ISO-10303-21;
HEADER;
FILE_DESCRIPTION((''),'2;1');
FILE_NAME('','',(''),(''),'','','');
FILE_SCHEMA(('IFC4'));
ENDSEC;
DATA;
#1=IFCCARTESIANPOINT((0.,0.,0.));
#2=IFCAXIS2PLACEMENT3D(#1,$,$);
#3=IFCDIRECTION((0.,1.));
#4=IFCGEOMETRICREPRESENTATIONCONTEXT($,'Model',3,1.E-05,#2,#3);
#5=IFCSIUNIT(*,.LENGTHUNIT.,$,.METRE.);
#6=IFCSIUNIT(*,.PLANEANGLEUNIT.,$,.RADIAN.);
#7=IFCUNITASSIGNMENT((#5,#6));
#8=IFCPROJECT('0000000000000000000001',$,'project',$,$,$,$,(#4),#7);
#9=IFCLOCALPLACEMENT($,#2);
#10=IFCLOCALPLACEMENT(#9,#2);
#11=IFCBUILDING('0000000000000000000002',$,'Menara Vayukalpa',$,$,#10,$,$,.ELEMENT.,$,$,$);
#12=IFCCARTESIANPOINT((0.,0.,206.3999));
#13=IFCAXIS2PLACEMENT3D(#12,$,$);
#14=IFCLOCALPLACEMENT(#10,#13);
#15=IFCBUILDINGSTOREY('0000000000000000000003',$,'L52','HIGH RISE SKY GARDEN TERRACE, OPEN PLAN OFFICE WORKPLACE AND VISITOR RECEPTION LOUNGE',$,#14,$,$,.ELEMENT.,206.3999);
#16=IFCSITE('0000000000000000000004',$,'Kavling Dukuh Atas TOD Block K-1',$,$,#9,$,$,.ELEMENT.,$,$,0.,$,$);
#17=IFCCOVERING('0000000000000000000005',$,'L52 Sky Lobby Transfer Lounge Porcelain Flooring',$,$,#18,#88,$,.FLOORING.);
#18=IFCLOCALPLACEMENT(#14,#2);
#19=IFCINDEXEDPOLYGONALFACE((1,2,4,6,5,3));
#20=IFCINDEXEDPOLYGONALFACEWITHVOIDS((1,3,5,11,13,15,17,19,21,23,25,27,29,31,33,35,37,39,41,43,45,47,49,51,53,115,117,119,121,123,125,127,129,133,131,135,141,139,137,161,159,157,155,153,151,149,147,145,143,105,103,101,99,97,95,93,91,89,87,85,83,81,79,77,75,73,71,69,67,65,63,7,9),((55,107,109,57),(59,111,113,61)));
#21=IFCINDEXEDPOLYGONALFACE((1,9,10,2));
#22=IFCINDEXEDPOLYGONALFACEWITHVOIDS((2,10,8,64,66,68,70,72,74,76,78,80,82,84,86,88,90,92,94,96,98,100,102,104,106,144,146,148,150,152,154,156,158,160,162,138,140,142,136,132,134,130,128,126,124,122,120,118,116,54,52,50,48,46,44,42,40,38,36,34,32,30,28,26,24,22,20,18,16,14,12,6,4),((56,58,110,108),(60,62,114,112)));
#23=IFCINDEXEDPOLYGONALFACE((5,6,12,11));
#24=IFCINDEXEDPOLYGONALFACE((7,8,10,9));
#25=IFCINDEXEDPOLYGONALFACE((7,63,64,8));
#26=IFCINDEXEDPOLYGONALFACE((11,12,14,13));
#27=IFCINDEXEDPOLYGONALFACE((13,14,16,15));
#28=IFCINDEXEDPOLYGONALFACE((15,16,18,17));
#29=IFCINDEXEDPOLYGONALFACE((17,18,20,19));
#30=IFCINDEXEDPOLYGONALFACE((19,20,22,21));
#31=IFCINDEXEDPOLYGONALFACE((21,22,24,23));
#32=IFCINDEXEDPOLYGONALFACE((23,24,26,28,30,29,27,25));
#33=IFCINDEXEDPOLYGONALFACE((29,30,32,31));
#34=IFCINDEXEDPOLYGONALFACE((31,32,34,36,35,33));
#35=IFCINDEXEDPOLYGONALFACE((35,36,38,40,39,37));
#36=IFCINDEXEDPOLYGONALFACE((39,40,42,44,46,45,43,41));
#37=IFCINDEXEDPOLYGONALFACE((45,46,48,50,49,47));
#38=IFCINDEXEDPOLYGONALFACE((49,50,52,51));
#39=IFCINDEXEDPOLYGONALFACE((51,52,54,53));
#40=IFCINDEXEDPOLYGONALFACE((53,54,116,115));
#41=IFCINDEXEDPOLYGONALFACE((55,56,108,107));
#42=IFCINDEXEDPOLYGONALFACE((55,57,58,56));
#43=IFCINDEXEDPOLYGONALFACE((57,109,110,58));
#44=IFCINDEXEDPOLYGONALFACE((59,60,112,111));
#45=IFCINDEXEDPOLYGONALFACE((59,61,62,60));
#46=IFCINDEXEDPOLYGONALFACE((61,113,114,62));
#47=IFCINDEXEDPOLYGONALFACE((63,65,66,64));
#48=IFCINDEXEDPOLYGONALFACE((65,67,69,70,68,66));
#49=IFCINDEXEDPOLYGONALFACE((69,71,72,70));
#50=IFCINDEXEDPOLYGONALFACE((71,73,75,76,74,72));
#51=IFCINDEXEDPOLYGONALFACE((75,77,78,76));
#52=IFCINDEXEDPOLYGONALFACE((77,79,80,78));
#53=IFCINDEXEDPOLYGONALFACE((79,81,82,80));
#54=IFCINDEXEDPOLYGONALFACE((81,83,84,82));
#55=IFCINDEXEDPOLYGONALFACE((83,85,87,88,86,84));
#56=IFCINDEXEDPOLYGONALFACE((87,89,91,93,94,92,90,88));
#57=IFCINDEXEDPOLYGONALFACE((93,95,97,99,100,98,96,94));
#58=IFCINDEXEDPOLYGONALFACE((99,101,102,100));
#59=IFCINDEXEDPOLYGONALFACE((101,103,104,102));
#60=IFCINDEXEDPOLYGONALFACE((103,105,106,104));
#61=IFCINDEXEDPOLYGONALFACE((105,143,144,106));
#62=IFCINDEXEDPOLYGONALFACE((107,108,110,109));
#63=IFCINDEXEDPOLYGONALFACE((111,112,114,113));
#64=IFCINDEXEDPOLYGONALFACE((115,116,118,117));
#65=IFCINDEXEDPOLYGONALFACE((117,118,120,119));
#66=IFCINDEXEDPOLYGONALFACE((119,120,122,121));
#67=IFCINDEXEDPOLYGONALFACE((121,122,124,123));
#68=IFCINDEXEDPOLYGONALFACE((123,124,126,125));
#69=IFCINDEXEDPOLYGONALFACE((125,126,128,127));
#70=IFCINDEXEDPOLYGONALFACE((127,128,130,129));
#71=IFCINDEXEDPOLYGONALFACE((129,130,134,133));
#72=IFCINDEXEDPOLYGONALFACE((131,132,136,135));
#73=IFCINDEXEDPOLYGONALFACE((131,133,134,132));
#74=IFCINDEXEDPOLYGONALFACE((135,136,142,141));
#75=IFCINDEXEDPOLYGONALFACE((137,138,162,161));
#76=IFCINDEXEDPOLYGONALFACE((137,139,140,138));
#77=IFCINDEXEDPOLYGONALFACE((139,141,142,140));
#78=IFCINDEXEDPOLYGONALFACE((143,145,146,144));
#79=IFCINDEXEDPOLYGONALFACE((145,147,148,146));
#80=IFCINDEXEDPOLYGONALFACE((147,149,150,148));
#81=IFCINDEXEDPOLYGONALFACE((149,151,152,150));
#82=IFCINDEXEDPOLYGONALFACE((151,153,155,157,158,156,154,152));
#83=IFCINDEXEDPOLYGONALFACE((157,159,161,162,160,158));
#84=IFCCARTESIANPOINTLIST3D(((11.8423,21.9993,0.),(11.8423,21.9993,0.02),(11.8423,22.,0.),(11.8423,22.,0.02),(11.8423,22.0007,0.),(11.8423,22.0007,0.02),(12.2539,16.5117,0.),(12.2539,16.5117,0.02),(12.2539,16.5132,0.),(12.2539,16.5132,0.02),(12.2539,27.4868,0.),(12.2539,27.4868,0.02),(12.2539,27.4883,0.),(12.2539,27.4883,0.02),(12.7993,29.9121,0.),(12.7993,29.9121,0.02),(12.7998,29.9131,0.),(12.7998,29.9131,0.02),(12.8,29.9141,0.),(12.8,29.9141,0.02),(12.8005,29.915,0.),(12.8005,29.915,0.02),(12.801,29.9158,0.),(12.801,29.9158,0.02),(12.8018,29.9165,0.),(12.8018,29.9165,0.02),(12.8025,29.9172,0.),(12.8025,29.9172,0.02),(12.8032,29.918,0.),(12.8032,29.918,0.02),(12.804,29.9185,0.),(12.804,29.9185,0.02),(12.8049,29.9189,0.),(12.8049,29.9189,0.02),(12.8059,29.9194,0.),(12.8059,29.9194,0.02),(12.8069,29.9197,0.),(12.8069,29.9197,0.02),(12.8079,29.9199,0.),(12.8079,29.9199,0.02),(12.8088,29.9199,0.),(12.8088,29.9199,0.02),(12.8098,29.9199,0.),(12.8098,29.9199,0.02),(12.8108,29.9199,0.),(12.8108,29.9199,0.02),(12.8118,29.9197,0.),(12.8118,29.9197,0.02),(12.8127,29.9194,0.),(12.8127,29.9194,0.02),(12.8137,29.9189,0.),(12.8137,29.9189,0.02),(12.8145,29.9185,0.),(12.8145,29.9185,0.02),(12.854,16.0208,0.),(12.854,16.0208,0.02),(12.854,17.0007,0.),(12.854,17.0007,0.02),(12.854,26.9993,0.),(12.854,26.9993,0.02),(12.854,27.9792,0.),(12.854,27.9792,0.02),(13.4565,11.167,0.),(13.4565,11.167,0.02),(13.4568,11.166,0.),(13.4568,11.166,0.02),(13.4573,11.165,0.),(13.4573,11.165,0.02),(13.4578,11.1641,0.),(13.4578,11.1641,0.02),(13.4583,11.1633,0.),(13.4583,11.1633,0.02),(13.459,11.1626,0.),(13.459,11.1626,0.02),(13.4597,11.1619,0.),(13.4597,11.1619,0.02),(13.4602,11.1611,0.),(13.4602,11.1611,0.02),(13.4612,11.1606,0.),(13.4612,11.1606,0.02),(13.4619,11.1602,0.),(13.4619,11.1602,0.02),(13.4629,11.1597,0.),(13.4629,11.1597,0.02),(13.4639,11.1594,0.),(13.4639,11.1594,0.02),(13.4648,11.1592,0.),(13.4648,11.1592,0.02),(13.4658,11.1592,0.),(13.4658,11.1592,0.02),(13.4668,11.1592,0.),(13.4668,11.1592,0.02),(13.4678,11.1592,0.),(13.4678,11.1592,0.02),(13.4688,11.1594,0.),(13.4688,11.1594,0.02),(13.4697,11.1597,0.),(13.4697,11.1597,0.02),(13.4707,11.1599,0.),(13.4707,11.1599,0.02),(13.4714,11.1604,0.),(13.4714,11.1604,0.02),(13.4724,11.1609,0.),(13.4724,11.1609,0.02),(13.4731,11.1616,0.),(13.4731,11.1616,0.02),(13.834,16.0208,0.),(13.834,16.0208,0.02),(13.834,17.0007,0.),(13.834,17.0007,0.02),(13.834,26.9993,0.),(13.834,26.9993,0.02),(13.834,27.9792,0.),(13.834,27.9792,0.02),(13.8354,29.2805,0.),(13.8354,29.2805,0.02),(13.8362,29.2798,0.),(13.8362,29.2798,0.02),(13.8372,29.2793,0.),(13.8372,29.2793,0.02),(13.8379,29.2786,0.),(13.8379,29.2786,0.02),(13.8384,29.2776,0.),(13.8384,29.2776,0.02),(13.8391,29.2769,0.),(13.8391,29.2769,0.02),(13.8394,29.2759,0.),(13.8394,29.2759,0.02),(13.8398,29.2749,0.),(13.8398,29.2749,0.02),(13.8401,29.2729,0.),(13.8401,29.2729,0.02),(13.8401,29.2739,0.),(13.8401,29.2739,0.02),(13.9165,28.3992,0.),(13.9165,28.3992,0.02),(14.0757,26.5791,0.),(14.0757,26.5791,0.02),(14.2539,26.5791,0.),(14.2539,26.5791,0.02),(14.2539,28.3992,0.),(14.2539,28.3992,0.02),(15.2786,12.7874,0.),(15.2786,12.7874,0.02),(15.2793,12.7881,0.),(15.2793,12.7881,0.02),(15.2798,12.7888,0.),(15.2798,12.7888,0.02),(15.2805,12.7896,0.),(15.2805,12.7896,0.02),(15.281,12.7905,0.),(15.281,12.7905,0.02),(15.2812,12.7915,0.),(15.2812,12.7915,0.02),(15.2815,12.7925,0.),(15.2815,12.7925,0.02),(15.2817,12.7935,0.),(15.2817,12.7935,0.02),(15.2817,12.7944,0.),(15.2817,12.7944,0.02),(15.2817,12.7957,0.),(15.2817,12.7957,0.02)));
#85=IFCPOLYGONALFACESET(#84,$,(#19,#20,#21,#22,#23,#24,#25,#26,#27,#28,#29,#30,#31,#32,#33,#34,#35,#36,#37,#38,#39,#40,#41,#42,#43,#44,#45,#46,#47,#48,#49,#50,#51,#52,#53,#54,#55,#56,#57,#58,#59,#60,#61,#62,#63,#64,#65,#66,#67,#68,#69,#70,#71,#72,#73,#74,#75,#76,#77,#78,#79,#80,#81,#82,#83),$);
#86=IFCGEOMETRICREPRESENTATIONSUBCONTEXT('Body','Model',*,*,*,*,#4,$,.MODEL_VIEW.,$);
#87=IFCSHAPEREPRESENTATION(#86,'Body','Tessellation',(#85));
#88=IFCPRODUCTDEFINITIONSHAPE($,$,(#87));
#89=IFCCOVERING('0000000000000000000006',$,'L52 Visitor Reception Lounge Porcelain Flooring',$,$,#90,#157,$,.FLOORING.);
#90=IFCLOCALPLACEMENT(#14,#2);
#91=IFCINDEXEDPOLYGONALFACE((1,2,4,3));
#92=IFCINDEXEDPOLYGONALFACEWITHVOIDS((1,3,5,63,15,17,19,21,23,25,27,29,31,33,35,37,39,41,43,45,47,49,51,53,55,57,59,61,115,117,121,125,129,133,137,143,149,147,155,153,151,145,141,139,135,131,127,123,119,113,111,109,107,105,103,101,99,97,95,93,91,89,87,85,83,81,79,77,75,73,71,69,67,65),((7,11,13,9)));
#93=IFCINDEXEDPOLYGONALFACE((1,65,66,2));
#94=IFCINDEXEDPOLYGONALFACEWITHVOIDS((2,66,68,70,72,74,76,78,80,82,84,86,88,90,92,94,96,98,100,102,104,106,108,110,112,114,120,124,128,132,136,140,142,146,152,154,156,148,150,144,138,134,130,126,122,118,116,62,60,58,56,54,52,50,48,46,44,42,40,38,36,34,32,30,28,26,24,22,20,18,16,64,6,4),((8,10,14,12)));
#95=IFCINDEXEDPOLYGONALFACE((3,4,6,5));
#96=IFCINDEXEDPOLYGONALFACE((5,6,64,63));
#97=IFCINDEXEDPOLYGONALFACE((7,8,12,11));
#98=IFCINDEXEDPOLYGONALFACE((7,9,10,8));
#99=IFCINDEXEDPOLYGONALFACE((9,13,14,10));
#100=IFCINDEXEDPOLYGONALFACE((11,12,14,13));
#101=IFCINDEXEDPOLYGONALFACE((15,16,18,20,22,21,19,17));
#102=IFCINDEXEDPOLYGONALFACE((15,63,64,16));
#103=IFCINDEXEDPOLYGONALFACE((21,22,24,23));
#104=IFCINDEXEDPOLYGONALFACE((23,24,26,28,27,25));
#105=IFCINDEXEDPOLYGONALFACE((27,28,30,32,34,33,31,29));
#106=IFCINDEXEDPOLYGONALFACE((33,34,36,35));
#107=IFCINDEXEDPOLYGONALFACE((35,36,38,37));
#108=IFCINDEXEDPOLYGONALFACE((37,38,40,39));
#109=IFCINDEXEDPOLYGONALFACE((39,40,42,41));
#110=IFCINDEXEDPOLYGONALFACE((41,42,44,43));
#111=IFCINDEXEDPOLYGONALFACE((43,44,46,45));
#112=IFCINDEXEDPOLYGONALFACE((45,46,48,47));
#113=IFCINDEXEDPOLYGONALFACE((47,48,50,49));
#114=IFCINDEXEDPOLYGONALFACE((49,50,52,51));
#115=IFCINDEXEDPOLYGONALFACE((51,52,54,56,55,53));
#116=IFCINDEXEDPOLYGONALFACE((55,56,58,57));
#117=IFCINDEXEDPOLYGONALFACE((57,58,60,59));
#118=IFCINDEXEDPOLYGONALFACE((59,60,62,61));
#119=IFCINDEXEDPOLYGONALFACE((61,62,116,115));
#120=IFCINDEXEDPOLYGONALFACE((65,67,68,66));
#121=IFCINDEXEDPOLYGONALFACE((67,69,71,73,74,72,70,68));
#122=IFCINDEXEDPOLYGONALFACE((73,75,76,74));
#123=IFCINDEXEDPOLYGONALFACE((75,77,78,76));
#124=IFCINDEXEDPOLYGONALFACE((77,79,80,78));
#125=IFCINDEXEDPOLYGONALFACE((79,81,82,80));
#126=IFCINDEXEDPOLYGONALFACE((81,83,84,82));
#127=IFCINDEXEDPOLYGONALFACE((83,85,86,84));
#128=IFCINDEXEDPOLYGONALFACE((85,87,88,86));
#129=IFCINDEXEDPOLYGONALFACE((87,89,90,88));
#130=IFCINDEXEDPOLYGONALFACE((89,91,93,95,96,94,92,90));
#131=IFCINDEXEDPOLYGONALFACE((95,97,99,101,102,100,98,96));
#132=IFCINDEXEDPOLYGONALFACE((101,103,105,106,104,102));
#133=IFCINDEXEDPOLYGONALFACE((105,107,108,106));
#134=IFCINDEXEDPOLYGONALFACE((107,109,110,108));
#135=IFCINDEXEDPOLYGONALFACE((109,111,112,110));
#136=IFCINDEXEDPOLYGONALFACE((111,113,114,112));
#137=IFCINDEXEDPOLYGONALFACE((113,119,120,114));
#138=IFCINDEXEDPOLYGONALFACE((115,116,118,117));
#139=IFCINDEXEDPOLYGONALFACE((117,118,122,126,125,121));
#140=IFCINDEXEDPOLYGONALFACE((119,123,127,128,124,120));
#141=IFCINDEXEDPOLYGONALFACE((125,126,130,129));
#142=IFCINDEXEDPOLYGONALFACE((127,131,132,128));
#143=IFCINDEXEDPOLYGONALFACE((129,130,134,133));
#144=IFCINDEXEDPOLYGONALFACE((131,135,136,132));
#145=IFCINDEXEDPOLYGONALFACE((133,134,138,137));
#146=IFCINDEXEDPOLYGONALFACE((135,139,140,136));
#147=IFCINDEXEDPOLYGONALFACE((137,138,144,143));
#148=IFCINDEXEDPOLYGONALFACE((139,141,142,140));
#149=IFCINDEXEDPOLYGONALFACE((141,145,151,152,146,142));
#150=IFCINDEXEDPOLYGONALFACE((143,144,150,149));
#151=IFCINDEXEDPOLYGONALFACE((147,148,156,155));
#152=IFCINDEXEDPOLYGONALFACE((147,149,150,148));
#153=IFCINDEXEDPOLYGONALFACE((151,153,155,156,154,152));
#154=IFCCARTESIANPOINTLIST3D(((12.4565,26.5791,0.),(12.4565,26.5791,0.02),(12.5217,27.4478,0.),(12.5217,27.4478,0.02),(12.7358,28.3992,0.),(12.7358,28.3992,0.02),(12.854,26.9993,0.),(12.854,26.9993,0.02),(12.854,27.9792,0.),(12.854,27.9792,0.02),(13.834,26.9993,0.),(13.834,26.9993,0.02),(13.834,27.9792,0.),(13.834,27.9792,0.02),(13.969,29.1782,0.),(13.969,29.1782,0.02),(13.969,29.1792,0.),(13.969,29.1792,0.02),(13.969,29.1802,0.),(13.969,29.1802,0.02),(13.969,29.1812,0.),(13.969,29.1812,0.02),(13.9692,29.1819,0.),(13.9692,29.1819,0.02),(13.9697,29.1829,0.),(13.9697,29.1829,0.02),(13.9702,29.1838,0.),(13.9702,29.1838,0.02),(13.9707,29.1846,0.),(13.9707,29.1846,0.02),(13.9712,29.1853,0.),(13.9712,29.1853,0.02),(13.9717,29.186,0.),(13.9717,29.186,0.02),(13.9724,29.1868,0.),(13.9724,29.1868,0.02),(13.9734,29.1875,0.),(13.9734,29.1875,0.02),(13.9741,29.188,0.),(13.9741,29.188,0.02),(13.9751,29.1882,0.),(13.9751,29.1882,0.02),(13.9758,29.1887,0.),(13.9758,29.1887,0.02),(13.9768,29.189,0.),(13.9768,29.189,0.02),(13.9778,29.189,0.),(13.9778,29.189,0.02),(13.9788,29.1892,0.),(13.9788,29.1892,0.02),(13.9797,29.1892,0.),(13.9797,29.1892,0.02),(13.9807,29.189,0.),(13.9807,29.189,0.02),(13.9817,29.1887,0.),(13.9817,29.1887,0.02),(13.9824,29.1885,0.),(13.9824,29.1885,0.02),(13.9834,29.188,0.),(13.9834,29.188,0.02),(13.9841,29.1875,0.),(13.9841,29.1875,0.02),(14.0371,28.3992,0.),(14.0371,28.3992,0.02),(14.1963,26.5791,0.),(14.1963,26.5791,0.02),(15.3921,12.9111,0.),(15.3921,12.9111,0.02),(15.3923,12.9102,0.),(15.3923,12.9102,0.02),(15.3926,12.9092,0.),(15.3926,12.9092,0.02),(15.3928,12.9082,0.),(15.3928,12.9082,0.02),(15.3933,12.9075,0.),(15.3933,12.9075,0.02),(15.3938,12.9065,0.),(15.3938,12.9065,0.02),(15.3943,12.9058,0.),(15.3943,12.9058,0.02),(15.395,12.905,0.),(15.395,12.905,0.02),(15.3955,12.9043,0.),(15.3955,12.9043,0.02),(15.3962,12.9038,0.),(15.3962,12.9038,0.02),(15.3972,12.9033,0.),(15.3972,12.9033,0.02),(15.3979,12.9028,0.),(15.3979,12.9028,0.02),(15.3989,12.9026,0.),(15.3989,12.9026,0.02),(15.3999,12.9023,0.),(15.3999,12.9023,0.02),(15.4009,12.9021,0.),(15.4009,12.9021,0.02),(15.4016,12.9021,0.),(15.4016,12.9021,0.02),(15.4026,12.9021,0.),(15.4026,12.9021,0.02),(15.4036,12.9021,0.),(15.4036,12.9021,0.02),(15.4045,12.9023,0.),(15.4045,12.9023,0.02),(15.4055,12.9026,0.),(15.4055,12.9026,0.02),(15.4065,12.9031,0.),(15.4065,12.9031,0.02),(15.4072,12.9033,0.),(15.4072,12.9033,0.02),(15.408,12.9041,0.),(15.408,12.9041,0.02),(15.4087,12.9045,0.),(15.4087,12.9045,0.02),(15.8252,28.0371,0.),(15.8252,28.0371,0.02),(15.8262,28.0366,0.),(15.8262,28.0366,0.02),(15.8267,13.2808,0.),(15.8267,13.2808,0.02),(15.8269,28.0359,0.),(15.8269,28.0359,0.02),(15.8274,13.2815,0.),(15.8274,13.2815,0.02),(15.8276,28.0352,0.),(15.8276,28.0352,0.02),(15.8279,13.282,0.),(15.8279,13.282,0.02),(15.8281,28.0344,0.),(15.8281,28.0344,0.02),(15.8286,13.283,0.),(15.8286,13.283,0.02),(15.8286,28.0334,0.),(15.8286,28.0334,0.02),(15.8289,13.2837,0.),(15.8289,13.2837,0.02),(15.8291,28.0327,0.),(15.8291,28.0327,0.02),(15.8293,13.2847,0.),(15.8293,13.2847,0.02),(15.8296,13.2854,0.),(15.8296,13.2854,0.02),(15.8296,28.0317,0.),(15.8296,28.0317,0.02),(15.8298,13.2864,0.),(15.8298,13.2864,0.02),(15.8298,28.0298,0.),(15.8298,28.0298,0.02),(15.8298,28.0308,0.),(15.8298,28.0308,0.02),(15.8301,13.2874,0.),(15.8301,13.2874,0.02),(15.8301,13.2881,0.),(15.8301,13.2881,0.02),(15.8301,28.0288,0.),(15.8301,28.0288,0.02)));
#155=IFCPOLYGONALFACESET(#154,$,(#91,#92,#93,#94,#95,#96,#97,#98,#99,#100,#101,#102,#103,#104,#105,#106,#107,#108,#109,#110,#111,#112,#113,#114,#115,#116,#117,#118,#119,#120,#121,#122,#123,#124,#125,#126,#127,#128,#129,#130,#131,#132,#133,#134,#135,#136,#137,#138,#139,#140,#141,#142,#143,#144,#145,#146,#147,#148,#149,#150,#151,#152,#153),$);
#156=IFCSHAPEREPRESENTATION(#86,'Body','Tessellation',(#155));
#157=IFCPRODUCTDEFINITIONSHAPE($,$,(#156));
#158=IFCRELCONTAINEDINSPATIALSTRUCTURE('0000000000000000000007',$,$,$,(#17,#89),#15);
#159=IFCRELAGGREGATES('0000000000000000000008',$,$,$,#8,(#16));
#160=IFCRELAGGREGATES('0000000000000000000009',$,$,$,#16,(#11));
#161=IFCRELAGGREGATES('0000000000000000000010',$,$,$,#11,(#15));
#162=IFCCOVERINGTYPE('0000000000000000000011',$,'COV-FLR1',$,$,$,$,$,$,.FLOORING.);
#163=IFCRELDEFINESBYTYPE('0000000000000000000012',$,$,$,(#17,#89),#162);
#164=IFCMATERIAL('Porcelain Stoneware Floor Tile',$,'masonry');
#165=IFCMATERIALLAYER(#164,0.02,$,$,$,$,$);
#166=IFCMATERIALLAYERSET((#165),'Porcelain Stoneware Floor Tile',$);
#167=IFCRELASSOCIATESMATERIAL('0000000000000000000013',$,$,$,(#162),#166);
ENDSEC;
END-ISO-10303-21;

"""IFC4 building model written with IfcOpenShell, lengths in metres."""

from ifc_helpers import new_model, si_unit, direction, frame, origin, place, context, subcontext, project, spatial, polyline, outline, extrude, material, layer, layer_set, type_object, element, save


model = new_model("IFC4")

# Units and contexts
model_context = context("Model", 3, precision=1e-05, world=origin(), true_north=direction((0.0, 1.0)))
body_context = subcontext(model_context, "Body", "Model", "MODEL_VIEW")
ifc_project = project(units=[si_unit("LENGTHUNIT", "METRE"), si_unit("PLANEANGLEUNIT", "RADIAN")], contexts=[model_context])

# Site, building, storey
site_placement = place(None, origin())
site = spatial("IfcSite", under=ifc_project, at=site_placement, Name="Kavling Dukuh Atas TOD Block K-1", CompositionType="ELEMENT", RefElevation=0.0)
building_placement = place(site_placement, origin())
building = spatial("IfcBuilding", under=site, at=building_placement, Name="Menara Vayukalpa", CompositionType="ELEMENT")
storey_placement = place(building_placement, frame((0.0, 0.0, 206.3999)))
storey = spatial("IfcBuildingStorey", under=building, at=storey_placement, Name="L52", Description="HIGH RISE SKY GARDEN TERRACE, OPEN PLAN OFFICE WORKPLACE AND VISITOR RECEPTION LOUNGE", CompositionType="ELEMENT", Elevation=206.3999)

# Coverings
ifc_material_1 = material(Name="Porcelain Stoneware Floor Tile", Category="masonry")
ifc_layer_1 = layer(ifc_material_1, 0.02)
ifc_layer_set_1 = layer_set([ifc_layer_1], Name="Porcelain Stoneware Floor Tile")
covering_type_1 = type_object("IfcCoveringType", Name="COV-FLR1", PredefinedType="FLOORING", material=ifc_layer_set_1)
covering_1_placement = place(storey_placement, origin())
element("IfcCovering", 1, at=covering_1_placement, inside=storey, type_object=covering_type_1, Name="L52 Sky Lobby Transfer Lounge Porcelain Flooring", PredefinedType="FLOORING", context=body_context, shape_type="SweptSolid", body=[
    extrude(outline(polyline([(11.8423, 22.0), (11.8423, 22.0007), (12.2539, 27.4868), (12.2539, 27.4883), (12.7993, 29.9121), (12.7998, 29.9131), (12.8, 29.9141), (12.8005, 29.915), (12.801, 29.9158), (12.8018, 29.9165), (12.8025, 29.9172), (12.8032, 29.918), (12.804, 29.9185), (12.8049, 29.9189), (12.8059, 29.9194), (12.8069, 29.9197), (12.8079, 29.9199), (12.8088, 29.9199), (12.8098, 29.9199), (12.8108, 29.9199), (12.8118, 29.9197), (12.8127, 29.9194), (12.8137, 29.9189), (12.8145, 29.9185), (13.8354, 29.2805), (13.8362, 29.2798), (13.8372, 29.2793), (13.8379, 29.2786), (13.8384, 29.2776), (13.8391, 29.2769), (13.8394, 29.2759), (13.8398, 29.2749), (13.8401, 29.2739), (13.8401, 29.2729), (13.9165, 28.3992), (14.2539, 28.3992), (14.2539, 26.5791), (14.0757, 26.5791), (15.2817, 12.7957), (15.2817, 12.7944), (15.2817, 12.7935), (15.2815, 12.7925), (15.2812, 12.7915), (15.281, 12.7905), (15.2805, 12.7896), (15.2798, 12.7888), (15.2793, 12.7881), (15.2786, 12.7874), (13.4731, 11.1616), (13.4724, 11.1609), (13.4714, 11.1604), (13.4707, 11.1599), (13.4697, 11.1597), (13.4688, 11.1594), (13.4678, 11.1592), (13.4668, 11.1592), (13.4658, 11.1592), (13.4648, 11.1592), (13.4639, 11.1594), (13.4629, 11.1597), (13.4619, 11.1602), (13.4612, 11.1606), (13.4602, 11.1611), (13.4597, 11.1619), (13.459, 11.1626), (13.4583, 11.1633), (13.4578, 11.1641), (13.4573, 11.165), (13.4568, 11.166), (13.4565, 11.167), (12.2539, 16.5117), (12.2539, 16.5132), (11.8423, 21.9993), (11.8423, 22.0)]), holes=[polyline([(13.834, 17.0007), (12.854, 17.0007), (12.854, 16.0208), (13.834, 16.0208), (13.834, 17.0007)]), polyline([(13.834, 27.9792), (12.854, 27.9792), (12.854, 26.9993), (13.834, 26.9993), (13.834, 27.9792)])]), origin(), (0.0, 0.0, 1.0), 0.02),
])
covering_2_placement = place(storey_placement, origin())
element("IfcCovering", 2, at=covering_2_placement, inside=storey, type_object=covering_type_1, Name="L52 Visitor Reception Lounge Porcelain Flooring", PredefinedType="FLOORING", context=body_context, shape_type="SweptSolid", body=[
    extrude(outline(polyline([(15.8298, 13.2864), (15.8296, 13.2854), (15.8293, 13.2847), (15.8289, 13.2837), (15.8286, 13.283), (15.8279, 13.282), (15.8274, 13.2815), (15.8267, 13.2808), (15.4087, 12.9045), (15.408, 12.9041), (15.4072, 12.9033), (15.4065, 12.9031), (15.4055, 12.9026), (15.4045, 12.9023), (15.4036, 12.9021), (15.4026, 12.9021), (15.4016, 12.9021), (15.4009, 12.9021), (15.3999, 12.9023), (15.3989, 12.9026), (15.3979, 12.9028), (15.3972, 12.9033), (15.3962, 12.9038), (15.3955, 12.9043), (15.395, 12.905), (15.3943, 12.9058), (15.3938, 12.9065), (15.3933, 12.9075), (15.3928, 12.9082), (15.3926, 12.9092), (15.3923, 12.9102), (15.3921, 12.9111), (14.1963, 26.5791), (12.4565, 26.5791), (12.5217, 27.4478), (12.7358, 28.3992), (14.0371, 28.3992), (13.969, 29.1782), (13.969, 29.1792), (13.969, 29.1802), (13.969, 29.1812), (13.9692, 29.1819), (13.9697, 29.1829), (13.9702, 29.1838), (13.9707, 29.1846), (13.9712, 29.1853), (13.9717, 29.186), (13.9724, 29.1868), (13.9734, 29.1875), (13.9741, 29.188), (13.9751, 29.1882), (13.9758, 29.1887), (13.9768, 29.189), (13.9778, 29.189), (13.9788, 29.1892), (13.9797, 29.1892), (13.9807, 29.189), (13.9817, 29.1887), (13.9824, 29.1885), (13.9834, 29.188), (13.9841, 29.1875), (15.8252, 28.0371), (15.8262, 28.0366), (15.8269, 28.0359), (15.8276, 28.0352), (15.8281, 28.0344), (15.8286, 28.0334), (15.8291, 28.0327), (15.8296, 28.0317), (15.8298, 28.0308), (15.8298, 28.0298), (15.8301, 28.0288), (15.8301, 13.2881), (15.8301, 13.2874), (15.8298, 13.2864)]), holes=[polyline([(13.834, 27.9792), (12.854, 27.9792), (12.854, 26.9993), (13.834, 26.9993), (13.834, 27.9792)])]), origin(), (0.0, 0.0, 1.0), 0.02),
])

save(model, "model.ifc")
